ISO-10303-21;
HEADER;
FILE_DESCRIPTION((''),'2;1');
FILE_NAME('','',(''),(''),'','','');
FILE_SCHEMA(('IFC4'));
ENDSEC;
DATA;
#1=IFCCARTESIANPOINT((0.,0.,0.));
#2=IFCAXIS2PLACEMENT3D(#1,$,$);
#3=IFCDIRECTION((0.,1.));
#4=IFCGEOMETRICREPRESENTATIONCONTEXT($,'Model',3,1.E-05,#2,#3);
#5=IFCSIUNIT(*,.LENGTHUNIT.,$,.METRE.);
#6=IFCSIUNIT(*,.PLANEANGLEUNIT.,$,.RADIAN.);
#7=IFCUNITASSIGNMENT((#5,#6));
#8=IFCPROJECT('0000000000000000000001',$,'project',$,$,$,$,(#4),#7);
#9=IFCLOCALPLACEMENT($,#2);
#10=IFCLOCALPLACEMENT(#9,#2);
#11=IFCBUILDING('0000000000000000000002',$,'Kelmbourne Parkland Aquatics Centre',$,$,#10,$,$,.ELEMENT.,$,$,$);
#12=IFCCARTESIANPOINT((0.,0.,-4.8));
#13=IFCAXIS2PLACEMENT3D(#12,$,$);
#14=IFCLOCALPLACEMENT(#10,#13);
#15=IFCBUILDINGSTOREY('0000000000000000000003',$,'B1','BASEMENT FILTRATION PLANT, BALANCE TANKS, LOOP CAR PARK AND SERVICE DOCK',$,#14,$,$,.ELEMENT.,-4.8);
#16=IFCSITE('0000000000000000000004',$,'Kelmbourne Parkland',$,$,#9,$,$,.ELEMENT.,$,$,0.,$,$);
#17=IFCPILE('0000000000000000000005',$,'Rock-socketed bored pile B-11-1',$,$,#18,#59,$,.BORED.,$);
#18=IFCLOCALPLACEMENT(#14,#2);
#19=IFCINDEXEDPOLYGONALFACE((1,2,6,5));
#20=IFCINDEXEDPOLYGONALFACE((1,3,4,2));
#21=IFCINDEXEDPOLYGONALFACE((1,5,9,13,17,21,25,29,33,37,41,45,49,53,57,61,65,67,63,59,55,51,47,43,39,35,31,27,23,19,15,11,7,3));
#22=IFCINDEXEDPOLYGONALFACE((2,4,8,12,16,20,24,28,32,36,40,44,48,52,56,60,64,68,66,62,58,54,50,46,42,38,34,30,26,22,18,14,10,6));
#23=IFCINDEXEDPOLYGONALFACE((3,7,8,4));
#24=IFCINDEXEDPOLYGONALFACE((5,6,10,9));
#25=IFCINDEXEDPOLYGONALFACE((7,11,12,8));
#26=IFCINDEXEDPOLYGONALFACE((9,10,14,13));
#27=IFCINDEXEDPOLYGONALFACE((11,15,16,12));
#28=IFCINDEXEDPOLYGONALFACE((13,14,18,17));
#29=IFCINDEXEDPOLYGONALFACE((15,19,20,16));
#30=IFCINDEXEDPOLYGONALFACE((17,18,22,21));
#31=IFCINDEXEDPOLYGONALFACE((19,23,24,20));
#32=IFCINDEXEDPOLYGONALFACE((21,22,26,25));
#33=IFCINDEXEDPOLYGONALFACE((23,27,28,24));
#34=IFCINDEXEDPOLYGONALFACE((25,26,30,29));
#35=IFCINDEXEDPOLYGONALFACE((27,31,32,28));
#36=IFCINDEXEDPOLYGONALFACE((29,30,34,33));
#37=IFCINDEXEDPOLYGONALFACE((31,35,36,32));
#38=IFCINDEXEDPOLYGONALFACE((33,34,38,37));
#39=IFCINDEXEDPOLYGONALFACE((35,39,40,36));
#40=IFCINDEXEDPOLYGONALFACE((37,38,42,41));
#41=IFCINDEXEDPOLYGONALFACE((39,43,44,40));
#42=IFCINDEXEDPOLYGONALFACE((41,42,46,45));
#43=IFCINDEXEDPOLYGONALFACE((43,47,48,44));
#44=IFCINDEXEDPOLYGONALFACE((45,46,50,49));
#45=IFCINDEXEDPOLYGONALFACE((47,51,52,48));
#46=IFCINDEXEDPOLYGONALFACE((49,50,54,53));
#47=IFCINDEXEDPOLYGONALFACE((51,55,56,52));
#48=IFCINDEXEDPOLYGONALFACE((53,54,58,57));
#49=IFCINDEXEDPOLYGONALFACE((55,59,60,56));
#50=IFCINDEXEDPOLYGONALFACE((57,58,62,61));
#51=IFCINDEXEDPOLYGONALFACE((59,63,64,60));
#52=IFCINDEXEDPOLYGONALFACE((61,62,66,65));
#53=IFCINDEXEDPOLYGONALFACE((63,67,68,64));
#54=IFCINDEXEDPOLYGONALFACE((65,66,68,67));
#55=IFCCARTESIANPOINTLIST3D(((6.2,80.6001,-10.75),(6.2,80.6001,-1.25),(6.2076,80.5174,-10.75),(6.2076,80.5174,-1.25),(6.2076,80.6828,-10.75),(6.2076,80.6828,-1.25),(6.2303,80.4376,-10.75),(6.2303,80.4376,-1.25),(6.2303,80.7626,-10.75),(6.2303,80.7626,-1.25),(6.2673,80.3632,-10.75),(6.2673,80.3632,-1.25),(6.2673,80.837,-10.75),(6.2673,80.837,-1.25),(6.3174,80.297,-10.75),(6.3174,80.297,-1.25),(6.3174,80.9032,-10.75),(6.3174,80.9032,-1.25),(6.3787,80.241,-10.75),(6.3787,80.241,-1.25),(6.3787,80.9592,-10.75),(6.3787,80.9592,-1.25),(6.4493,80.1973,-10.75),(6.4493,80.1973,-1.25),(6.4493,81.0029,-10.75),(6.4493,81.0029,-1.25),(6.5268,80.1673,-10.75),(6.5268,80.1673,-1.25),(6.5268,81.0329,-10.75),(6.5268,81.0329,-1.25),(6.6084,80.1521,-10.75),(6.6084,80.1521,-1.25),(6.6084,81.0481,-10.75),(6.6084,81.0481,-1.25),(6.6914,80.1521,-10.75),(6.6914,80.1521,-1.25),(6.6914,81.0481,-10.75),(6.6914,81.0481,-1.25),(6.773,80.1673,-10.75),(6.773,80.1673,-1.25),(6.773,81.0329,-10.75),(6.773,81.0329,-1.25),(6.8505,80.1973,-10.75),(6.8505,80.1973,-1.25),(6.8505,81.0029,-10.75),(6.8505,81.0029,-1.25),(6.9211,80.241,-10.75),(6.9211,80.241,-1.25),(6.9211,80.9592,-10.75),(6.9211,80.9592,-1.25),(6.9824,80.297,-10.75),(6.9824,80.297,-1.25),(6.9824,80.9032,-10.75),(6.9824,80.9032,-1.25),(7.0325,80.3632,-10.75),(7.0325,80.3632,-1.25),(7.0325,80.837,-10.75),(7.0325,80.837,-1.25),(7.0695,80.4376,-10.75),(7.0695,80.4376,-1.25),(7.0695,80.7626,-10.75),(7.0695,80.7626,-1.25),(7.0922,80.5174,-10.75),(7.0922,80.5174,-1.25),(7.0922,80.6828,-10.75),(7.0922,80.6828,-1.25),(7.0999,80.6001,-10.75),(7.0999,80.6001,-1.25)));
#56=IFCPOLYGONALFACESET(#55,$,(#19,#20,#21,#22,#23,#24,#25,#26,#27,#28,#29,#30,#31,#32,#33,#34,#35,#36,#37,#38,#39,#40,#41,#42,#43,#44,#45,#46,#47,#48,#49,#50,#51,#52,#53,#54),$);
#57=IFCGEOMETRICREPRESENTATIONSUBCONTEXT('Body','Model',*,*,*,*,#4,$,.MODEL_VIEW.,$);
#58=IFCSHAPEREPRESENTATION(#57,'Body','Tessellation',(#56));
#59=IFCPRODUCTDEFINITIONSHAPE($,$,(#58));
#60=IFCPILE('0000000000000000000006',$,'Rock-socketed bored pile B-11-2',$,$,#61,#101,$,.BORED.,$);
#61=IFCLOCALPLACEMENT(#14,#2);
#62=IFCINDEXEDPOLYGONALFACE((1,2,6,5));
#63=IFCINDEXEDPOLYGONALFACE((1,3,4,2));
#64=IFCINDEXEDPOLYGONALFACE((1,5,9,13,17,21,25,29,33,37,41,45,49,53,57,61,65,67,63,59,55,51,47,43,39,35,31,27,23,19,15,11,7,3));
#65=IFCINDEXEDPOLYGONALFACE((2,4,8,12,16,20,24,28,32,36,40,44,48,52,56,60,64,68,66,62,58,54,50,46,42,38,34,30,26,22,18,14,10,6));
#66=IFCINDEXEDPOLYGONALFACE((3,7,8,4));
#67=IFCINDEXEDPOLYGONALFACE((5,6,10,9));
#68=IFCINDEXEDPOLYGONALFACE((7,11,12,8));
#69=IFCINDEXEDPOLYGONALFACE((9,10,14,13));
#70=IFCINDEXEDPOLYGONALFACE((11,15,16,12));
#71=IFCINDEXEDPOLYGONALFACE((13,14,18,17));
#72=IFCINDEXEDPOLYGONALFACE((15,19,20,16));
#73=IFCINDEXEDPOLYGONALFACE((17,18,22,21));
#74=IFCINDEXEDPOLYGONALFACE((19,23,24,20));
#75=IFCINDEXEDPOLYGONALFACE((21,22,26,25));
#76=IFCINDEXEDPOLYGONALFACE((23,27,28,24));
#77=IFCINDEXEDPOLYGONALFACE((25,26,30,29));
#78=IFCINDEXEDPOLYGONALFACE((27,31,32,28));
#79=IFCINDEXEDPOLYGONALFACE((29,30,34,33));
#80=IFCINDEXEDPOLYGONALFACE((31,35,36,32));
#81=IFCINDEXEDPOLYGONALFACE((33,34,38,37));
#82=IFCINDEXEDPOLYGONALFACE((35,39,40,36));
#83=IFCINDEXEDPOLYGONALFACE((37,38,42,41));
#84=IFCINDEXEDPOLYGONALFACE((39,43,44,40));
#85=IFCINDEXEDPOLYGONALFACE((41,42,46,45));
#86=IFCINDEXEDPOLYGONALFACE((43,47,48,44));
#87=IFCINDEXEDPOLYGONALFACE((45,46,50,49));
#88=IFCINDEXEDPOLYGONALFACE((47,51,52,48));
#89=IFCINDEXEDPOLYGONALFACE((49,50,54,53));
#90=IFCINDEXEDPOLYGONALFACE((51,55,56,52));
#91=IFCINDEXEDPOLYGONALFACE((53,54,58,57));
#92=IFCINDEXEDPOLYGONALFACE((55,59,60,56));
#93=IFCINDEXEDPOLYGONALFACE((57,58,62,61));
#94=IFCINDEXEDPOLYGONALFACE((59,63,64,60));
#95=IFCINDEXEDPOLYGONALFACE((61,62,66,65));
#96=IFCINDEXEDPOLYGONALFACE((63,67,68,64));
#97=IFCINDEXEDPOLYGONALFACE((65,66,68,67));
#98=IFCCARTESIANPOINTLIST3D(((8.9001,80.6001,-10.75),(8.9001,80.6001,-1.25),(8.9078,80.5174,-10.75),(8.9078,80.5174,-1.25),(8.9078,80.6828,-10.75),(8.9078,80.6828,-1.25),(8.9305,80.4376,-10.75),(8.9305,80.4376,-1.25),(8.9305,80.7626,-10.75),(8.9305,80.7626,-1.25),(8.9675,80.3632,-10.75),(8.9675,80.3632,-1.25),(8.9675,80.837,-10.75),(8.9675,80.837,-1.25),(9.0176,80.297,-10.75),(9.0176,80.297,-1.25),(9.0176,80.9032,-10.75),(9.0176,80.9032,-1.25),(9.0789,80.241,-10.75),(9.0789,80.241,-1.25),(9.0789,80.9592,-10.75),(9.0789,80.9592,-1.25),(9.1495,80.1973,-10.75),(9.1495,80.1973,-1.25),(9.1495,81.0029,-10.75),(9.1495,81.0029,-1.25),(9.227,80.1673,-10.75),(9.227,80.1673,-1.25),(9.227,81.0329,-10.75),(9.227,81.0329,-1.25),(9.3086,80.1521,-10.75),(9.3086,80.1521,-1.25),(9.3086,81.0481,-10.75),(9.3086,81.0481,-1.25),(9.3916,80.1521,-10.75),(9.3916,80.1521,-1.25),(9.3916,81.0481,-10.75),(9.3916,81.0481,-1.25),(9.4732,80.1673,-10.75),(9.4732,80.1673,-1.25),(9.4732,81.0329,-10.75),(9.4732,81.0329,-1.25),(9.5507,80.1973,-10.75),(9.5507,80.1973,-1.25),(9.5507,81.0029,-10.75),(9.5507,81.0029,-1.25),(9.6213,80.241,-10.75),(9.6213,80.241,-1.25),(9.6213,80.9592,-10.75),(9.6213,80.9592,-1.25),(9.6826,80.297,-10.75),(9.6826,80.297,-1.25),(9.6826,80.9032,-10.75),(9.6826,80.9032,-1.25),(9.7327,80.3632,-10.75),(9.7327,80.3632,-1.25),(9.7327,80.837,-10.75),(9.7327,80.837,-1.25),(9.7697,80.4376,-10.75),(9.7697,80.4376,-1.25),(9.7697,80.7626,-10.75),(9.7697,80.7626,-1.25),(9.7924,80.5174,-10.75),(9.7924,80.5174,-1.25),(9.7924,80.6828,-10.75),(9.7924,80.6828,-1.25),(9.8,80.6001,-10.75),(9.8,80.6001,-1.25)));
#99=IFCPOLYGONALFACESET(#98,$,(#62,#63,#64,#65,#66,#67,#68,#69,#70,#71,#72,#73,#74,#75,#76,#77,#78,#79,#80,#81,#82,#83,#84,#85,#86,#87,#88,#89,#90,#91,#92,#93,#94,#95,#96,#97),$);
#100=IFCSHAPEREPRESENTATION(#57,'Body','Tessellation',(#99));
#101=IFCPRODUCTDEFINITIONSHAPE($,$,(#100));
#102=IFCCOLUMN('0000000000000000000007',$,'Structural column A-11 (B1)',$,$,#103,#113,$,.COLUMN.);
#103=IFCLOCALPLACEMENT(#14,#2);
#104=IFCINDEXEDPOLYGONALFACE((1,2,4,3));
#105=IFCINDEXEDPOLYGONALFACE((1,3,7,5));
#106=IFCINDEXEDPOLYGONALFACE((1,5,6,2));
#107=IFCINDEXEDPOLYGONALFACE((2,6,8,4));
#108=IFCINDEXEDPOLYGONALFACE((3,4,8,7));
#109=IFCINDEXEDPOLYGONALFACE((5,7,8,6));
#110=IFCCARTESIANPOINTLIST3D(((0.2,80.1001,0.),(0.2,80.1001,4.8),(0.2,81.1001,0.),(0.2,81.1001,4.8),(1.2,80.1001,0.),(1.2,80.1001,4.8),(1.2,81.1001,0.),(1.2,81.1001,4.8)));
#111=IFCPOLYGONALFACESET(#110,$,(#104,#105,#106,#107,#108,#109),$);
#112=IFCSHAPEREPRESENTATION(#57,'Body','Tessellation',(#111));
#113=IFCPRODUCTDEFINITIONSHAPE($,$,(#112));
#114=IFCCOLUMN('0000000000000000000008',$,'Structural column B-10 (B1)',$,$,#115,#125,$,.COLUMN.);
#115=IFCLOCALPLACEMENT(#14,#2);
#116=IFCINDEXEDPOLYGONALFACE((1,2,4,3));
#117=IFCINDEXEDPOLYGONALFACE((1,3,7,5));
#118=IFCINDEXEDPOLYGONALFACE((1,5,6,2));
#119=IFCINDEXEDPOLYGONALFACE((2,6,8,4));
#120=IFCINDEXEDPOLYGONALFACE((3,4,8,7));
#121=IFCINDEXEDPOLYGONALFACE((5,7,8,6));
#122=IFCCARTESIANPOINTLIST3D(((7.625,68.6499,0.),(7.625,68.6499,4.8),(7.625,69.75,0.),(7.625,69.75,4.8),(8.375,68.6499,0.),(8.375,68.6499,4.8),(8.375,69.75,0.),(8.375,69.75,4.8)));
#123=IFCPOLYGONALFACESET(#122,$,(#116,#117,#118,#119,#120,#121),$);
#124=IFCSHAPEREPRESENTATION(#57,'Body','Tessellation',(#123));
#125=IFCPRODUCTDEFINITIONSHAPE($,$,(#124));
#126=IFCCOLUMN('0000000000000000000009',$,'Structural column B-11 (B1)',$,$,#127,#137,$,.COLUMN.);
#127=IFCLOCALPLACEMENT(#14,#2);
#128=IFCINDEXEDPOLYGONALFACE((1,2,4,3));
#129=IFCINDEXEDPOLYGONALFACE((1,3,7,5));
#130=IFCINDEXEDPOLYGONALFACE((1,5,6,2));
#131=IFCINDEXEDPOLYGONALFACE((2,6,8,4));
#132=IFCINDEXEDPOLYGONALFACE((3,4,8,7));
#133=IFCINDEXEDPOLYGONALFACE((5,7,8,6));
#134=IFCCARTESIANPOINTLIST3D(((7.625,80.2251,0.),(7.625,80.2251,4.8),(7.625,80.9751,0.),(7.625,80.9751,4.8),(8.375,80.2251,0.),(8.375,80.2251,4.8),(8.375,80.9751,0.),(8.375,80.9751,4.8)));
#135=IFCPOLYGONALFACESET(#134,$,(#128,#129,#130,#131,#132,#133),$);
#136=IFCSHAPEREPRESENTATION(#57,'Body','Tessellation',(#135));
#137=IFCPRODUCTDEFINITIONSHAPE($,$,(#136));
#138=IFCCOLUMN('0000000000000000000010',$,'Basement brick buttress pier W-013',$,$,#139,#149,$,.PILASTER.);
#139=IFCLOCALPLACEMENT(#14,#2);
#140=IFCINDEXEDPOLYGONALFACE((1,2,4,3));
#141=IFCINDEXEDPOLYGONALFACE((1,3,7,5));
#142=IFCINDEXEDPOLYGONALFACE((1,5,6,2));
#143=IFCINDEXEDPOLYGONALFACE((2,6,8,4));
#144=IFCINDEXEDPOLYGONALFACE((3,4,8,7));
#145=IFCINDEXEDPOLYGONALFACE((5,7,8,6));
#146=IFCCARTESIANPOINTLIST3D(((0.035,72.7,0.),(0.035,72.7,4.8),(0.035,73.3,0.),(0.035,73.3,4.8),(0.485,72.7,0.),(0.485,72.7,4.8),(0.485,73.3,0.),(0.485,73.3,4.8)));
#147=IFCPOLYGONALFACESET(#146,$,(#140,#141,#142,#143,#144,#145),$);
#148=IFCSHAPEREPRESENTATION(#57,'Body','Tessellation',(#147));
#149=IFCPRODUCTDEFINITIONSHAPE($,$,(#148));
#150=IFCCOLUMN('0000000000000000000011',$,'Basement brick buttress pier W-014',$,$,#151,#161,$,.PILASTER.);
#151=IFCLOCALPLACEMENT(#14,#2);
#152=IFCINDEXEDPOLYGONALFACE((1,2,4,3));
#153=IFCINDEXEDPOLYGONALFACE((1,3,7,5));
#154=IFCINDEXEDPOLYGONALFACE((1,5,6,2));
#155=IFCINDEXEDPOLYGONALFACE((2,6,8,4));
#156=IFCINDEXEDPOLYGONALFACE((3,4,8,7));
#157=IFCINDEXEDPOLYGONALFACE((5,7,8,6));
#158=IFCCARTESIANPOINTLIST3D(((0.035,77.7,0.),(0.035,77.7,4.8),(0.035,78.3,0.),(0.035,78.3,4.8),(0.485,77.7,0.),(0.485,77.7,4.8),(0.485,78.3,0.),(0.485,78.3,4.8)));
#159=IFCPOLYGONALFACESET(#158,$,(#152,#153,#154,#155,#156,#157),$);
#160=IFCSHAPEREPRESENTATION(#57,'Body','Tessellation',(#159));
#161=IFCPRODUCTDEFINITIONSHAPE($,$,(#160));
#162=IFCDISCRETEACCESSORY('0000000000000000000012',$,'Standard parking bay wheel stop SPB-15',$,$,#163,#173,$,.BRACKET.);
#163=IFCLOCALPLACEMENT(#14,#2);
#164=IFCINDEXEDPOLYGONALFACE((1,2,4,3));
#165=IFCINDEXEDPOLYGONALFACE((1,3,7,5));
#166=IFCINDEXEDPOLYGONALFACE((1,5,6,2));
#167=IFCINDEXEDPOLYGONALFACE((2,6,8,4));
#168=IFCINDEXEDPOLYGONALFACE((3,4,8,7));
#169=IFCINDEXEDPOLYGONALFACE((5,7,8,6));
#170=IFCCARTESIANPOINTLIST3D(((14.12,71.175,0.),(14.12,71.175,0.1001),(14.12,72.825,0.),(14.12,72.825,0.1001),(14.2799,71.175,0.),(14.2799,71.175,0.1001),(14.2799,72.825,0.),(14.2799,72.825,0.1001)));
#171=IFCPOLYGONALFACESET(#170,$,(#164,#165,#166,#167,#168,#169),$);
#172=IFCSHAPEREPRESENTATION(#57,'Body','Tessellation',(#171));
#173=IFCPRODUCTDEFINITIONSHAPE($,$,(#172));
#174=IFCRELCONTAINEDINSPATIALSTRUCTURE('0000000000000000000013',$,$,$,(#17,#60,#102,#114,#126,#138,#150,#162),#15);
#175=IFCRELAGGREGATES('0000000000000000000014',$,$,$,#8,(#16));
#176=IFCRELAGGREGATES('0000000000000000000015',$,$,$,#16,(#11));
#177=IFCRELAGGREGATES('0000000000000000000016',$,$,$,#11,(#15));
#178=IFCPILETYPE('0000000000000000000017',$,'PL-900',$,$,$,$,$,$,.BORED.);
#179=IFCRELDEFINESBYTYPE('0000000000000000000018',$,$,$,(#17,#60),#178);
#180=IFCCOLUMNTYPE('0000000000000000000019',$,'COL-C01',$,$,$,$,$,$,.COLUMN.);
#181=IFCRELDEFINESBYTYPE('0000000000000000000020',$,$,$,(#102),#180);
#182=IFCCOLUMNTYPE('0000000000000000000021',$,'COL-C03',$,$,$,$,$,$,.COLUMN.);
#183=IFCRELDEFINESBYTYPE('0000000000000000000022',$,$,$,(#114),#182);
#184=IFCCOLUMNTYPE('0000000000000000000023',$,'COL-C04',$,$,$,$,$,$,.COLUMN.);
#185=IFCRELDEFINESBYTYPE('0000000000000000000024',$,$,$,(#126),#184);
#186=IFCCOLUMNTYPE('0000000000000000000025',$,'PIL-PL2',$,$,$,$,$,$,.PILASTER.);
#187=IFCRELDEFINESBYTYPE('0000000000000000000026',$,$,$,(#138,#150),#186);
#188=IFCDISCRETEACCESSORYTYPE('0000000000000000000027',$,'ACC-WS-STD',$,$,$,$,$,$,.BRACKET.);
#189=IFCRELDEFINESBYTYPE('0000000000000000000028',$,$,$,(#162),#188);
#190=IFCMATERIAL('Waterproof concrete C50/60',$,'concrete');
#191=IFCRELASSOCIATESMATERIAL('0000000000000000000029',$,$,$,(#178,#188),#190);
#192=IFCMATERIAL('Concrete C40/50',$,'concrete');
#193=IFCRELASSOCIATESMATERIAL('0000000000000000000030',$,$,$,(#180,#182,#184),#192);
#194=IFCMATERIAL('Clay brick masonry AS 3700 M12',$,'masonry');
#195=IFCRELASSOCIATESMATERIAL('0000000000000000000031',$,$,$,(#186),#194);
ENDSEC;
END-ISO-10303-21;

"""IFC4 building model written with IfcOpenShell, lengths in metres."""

from ifc_helpers import new_model, si_unit, direction, frame, origin, origin_2d, place, context, subcontext, project, spatial, rectangle, circle, extrude, material, material_profile, profile_set, type_object, element, save


model = new_model("IFC4")

# Units and contexts
model_context = context("Model", 3, precision=1e-05, world=origin(), true_north=direction((0.0, 1.0)))
body_context = subcontext(model_context, "Body", "Model", "MODEL_VIEW")
ifc_project = project(units=[si_unit("LENGTHUNIT", "METRE"), si_unit("PLANEANGLEUNIT", "RADIAN")], contexts=[model_context])

# Site, building, storey
site_placement = place(None, origin())
site = spatial("IfcSite", under=ifc_project, at=site_placement, Name="Kelmbourne Parkland", CompositionType="ELEMENT", RefElevation=0.0)
building_placement = place(site_placement, origin())
building = spatial("IfcBuilding", under=site, at=building_placement, Name="Kelmbourne Parkland Aquatics Centre", CompositionType="ELEMENT")
storey_placement = place(building_placement, frame((0.0, 0.0, -4.8)))
storey = spatial("IfcBuildingStorey", under=building, at=storey_placement, Name="B1", Description="BASEMENT FILTRATION PLANT, BALANCE TANKS, LOOP CAR PARK AND SERVICE DOCK", CompositionType="ELEMENT", Elevation=-4.8)

# Shared definitions
ifc_material_1 = material(Name="Waterproof concrete C50/60", Category="concrete")

# Piles
ifc_material_profile_1 = material_profile(ifc_material_1, circle(Radius=0.45, at=origin_2d()), Name="PILE D900")
ifc_profile_set_1 = profile_set([ifc_material_profile_1], Name="Waterproof concrete C50/60")
pile_type_1 = type_object("IfcPileType", Name="PL-900", PredefinedType="BORED", material=ifc_profile_set_1)
for number, where, z_axis, x_axis, name in (
    (1, (6.6499, 80.6001, -1.25), (0.0, 0.0, -1.0), (1.0, 0.0, 0.0), "Rock-socketed bored pile B-11-1"),
    (2, (9.3501, 80.6001, -1.25), (0.0, 0.0, -1.0), (1.0, 0.0, 0.0), "Rock-socketed bored pile B-11-2"),
):
    element("IfcPile", number, at=place(storey_placement, frame(where, z_axis=z_axis, x_axis=x_axis)), inside=storey, type_object=pile_type_1, Name=name, PredefinedType="BORED", context=body_context, shape_type="SweptSolid", body=[
        extrude(circle(Radius=0.45, at=origin_2d()), origin(), (0.0, 0.0, 1.0), 9.5),
    ])

# Columns
ifc_material_2 = material(Name="Concrete C40/50", Category="concrete")
ifc_material_profile_2 = material_profile(ifc_material_2, rectangle(XDim=1.0, YDim=1.0, at=origin_2d()), Name="RC 1000x1000")
ifc_profile_set_2 = profile_set([ifc_material_profile_2], Name="Concrete C40/50")
column_type_1 = type_object("IfcColumnType", Name="COL-C01", PredefinedType="COLUMN", material=ifc_profile_set_2)
column_1_placement = place(storey_placement, frame((0.7, 80.6001, 0.0), z_axis=(0.0, 0.0, 1.0), x_axis=(1.0, 0.0, 0.0)))
element("IfcColumn", 3, at=column_1_placement, inside=storey, type_object=column_type_1, Name="Structural column A-11 (B1)", PredefinedType="COLUMN", context=body_context, shape_type="SweptSolid", body=[
    extrude(rectangle(XDim=1.0, YDim=1.0, at=origin_2d()), origin(), (0.0, 0.0, 1.0), 4.8),
])
ifc_material_profile_3 = material_profile(ifc_material_2, rectangle(XDim=0.75, YDim=1.1001, at=origin_2d()), Name="RC 750x1100")
ifc_profile_set_3 = profile_set([ifc_material_profile_3], Name="Concrete C40/50")
column_type_2 = type_object("IfcColumnType", Name="COL-C03", PredefinedType="COLUMN", material=ifc_profile_set_3)
column_2_placement = place(storey_placement, frame((8.0, 69.2, 0.0), z_axis=(0.0, 0.0, 1.0), x_axis=(1.0, 0.0, 0.0)))
element("IfcColumn", 4, at=column_2_placement, inside=storey, type_object=column_type_2, Name="Structural column B-10 (B1)", PredefinedType="COLUMN", context=body_context, shape_type="SweptSolid", body=[
    extrude(rectangle(XDim=0.75, YDim=1.1001, at=origin_2d()), origin(), (0.0, 0.0, 1.0), 4.8),
])
ifc_material_profile_4 = material_profile(ifc_material_2, rectangle(XDim=0.75, YDim=0.75, at=origin_2d()), Name="RC 750x750")
ifc_profile_set_4 = profile_set([ifc_material_profile_4], Name="Concrete C40/50")
column_type_3 = type_object("IfcColumnType", Name="COL-C04", PredefinedType="COLUMN", material=ifc_profile_set_4)
column_3_placement = place(storey_placement, frame((8.0, 80.6001, 0.0), z_axis=(0.0, 0.0, 1.0), x_axis=(1.0, 0.0, 0.0)))
element("IfcColumn", 5, at=column_3_placement, inside=storey, type_object=column_type_3, Name="Structural column B-11 (B1)", PredefinedType="COLUMN", context=body_context, shape_type="SweptSolid", body=[
    extrude(rectangle(XDim=0.75, YDim=0.75, at=origin_2d()), origin(), (0.0, 0.0, 1.0), 4.8),
])
ifc_material_3 = material(Name="Clay brick masonry AS 3700 M12", Category="masonry")
ifc_material_profile_5 = material_profile(ifc_material_3, rectangle(XDim=0.45, YDim=0.6001, at=origin_2d()), Name="PIL 450x600")
ifc_profile_set_5 = profile_set([ifc_material_profile_5], Name="Clay brick masonry AS 3700 M12")
column_type_4 = type_object("IfcColumnType", Name="PIL-PL2", PredefinedType="PILASTER", material=ifc_profile_set_5)
for number, where, z_axis, x_axis, name in (
    (6, (0.26, 73.0, 0.0), (0.0, 0.0, 1.0), (1.0, 0.0, 0.0), "Basement brick buttress pier W-013"),
    (7, (0.26, 78.0, 0.0), (0.0, 0.0, 1.0), (1.0, 0.0, 0.0), "Basement brick buttress pier W-014"),
):
    element("IfcColumn", number, at=place(storey_placement, frame(where, z_axis=z_axis, x_axis=x_axis)), inside=storey, type_object=column_type_4, Name=name, PredefinedType="PILASTER", context=body_context, shape_type="SweptSolid", body=[
        extrude(rectangle(XDim=0.45, YDim=0.6001, at=origin_2d()), origin(), (0.0, 0.0, 1.0), 4.8),
    ])

# Discrete accessory
discrete_accessory_type = type_object("IfcDiscreteAccessoryType", Name="ACC-WS-STD", PredefinedType="BRACKET", material=ifc_material_1)
discrete_accessory_placement = place(storey_placement, frame((14.2, 72.0, 0.0), z_axis=(0.0, 0.0, 1.0), x_axis=(1.0, 0.0, 0.0)))
element("IfcDiscreteAccessory", 8, at=discrete_accessory_placement, inside=storey, type_object=discrete_accessory_type, Name="Standard parking bay wheel stop SPB-15", PredefinedType="BRACKET", context=body_context, shape_type="SweptSolid", body=[
    extrude(rectangle(XDim=0.1599, YDim=1.6499, at=origin_2d()), origin(), (0.0, 0.0, 1.0), 0.1001),
])

save(model, "model.ifc")
